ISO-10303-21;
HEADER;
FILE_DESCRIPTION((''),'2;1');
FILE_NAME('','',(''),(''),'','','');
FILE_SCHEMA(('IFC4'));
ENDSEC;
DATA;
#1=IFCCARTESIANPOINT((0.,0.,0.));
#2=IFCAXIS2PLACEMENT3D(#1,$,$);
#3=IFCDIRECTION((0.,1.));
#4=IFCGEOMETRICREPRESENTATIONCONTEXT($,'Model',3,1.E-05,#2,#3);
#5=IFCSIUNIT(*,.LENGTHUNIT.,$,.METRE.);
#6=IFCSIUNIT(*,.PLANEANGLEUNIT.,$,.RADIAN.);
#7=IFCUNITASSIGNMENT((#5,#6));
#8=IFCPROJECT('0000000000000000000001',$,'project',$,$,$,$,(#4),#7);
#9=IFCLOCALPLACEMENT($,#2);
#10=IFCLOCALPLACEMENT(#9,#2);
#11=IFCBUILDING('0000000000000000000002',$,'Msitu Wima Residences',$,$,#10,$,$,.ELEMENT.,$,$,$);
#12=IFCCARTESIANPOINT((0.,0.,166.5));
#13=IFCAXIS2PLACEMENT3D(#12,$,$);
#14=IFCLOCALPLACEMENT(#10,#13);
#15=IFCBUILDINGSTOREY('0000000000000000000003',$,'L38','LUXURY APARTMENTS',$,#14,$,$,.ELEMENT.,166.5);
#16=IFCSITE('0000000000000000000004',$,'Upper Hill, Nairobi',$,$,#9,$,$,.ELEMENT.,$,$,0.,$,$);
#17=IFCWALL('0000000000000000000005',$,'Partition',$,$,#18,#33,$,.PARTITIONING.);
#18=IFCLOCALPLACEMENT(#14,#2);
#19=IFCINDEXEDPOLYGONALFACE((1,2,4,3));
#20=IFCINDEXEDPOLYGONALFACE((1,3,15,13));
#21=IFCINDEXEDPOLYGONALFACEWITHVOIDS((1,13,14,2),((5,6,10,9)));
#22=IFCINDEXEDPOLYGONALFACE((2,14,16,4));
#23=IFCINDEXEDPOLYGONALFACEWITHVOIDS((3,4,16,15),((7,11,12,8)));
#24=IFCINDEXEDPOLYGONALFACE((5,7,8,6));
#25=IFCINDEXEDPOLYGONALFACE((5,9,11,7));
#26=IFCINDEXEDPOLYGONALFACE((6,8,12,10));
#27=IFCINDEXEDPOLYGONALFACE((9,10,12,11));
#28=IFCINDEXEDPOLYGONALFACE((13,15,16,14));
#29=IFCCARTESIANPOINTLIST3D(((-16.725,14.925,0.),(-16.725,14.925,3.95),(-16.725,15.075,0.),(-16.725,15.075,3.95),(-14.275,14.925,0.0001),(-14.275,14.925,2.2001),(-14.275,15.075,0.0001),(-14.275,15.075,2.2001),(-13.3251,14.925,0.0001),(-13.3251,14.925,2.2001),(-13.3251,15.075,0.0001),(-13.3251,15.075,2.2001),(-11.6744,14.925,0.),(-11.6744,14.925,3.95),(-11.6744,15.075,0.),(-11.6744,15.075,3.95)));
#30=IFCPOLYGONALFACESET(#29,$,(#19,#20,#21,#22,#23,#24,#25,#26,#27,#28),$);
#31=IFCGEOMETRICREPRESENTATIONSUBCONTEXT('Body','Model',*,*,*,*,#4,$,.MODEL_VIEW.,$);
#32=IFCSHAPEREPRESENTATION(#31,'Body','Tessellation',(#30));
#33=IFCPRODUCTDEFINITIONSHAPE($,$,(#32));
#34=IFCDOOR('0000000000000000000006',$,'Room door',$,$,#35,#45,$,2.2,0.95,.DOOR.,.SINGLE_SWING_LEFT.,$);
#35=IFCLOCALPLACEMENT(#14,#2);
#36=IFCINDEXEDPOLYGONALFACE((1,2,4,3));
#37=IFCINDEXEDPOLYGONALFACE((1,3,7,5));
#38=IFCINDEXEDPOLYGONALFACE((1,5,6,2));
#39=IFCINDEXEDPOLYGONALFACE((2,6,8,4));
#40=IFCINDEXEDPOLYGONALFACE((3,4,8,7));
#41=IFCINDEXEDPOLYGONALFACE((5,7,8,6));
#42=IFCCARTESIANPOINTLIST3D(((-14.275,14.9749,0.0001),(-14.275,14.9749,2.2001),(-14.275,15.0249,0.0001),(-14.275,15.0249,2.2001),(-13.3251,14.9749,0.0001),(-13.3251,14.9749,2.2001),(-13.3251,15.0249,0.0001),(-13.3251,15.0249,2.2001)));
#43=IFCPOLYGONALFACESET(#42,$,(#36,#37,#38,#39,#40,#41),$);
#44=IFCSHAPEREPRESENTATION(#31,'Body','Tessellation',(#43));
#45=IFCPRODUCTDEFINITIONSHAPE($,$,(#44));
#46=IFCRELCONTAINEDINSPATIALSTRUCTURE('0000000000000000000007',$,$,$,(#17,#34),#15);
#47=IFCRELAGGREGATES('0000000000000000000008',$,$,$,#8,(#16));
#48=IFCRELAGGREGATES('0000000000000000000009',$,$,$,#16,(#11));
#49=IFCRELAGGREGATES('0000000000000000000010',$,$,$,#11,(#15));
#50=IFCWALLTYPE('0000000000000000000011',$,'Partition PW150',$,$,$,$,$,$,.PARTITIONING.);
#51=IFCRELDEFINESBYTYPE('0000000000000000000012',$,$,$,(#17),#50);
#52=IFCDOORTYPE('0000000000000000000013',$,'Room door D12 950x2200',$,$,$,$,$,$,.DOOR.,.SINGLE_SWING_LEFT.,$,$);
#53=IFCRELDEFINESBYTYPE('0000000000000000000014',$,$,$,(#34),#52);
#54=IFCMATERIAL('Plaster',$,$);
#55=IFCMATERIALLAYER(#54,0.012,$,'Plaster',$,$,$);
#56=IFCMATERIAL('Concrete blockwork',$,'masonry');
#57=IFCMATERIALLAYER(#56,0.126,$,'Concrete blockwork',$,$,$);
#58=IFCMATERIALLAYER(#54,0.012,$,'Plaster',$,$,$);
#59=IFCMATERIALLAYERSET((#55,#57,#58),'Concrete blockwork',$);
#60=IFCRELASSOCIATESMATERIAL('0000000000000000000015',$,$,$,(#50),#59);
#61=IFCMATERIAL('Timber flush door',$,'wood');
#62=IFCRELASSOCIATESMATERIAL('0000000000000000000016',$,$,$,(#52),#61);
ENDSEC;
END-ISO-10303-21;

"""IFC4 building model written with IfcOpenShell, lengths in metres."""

from ifc_helpers import new_model, si_unit, direction, frame, frame_2d, origin, place, context, subcontext, project, spatial, rectangle, extrude, material, layer, layer_set, type_object, element, fill, save


model = new_model("IFC4")

# Units and contexts
model_context = context("Model", 3, precision=1e-05, world=origin(), true_north=direction((0.0, 1.0)))
body_context = subcontext(model_context, "Body", "Model", "MODEL_VIEW")
ifc_project = project(units=[si_unit("LENGTHUNIT", "METRE"), si_unit("PLANEANGLEUNIT", "RADIAN")], contexts=[model_context])

# Site, building, storey
site_placement = place(None, origin())
site = spatial("IfcSite", under=ifc_project, at=site_placement, Name="Upper Hill, Nairobi", CompositionType="ELEMENT", RefElevation=0.0)
building_placement = place(site_placement, origin())
building = spatial("IfcBuilding", under=site, at=building_placement, Name="Msitu Wima Residences", CompositionType="ELEMENT")
storey_placement = place(building_placement, frame((0.0, 0.0, 166.5)))
storey = spatial("IfcBuildingStorey", under=building, at=storey_placement, Name="L38", Description="LUXURY APARTMENTS", CompositionType="ELEMENT", Elevation=166.5)

# Shared definitions
ifc_material_1 = material(Name="Plaster")
ifc_material_2 = material(Name="Concrete blockwork", Category="masonry")
ifc_layer_1 = layer(ifc_material_1, 0.012, Name="Plaster")
ifc_layer_2 = layer(ifc_material_2, 0.126, Name="Concrete blockwork")
ifc_layer_3 = layer(ifc_material_1, 0.012, Name="Plaster")
ifc_layer_set_1 = layer_set([ifc_layer_1, ifc_layer_2, ifc_layer_3], Name="Concrete blockwork")
wall_type_1 = type_object("IfcWallType", Name="Partition PW150", PredefinedType="PARTITIONING", material=ifc_layer_set_1)

# Shared definitions
ifc_material_3 = material(Name="Timber flush door", Category="wood")
door_type = type_object("IfcDoorType", Name="Room door D12 950x2200", OperationType="SINGLE_SWING_LEFT", PredefinedType="DOOR", material=ifc_material_3)

# Wall, opening, door
wall_1_placement = place(storey_placement, frame((-16.7251, 15.0, 0.0), z_axis=(0.0, 0.0, 1.0), x_axis=(1.0, 0.0, 0.0)))
wall_1 = element("IfcWall", 1, at=wall_1_placement, inside=storey, type_object=wall_type_1, Name="Partition", PredefinedType="PARTITIONING", context=body_context, shape_type="SweptSolid", body=[
    extrude(rectangle(XDim=5.0505, YDim=0.1499, at=frame_2d((2.5254, 0.0))), origin(), (0.0, 0.0, 1.0), 3.95),
])
opening_1_placement = place(wall_1_placement, frame((2.45, 0.0, 0.0)))
opening_1 = element("IfcOpeningElement", 2, at=opening_1_placement, cuts=wall_1, PredefinedType="OPENING", context=body_context, shape_type="SweptSolid", body=[
    extrude(rectangle(XDim=0.95, YDim=2.2, at=frame_2d((0.4751, 1.1001))), frame((0.0, 0.085, 0.0), z_axis=(0.0, -1.0, 0.0), x_axis=(1.0, 0.0, 0.0)), (0.0, 0.0, 1.0), 0.1699),
])
door_1_placement = place(opening_1_placement, origin())
door_1 = element("IfcDoor", 3, at=door_1_placement, inside=storey, type_object=door_type, Name="Room door", OperationType="SINGLE_SWING_LEFT", OverallHeight=2.2, OverallWidth=0.95, PredefinedType="DOOR", context=body_context, shape_type="SweptSolid", body=[
    extrude(rectangle(XDim=0.95, YDim=2.2, at=frame_2d((0.4751, 1.1001))), frame((0.0, 0.0249, 0.0), z_axis=(0.0, -1.0, 0.0), x_axis=(1.0, 0.0, 0.0)), (0.0, 0.0, 1.0), 0.05),
])
fill(opening_1, door_1)

save(model, "model.ifc")
